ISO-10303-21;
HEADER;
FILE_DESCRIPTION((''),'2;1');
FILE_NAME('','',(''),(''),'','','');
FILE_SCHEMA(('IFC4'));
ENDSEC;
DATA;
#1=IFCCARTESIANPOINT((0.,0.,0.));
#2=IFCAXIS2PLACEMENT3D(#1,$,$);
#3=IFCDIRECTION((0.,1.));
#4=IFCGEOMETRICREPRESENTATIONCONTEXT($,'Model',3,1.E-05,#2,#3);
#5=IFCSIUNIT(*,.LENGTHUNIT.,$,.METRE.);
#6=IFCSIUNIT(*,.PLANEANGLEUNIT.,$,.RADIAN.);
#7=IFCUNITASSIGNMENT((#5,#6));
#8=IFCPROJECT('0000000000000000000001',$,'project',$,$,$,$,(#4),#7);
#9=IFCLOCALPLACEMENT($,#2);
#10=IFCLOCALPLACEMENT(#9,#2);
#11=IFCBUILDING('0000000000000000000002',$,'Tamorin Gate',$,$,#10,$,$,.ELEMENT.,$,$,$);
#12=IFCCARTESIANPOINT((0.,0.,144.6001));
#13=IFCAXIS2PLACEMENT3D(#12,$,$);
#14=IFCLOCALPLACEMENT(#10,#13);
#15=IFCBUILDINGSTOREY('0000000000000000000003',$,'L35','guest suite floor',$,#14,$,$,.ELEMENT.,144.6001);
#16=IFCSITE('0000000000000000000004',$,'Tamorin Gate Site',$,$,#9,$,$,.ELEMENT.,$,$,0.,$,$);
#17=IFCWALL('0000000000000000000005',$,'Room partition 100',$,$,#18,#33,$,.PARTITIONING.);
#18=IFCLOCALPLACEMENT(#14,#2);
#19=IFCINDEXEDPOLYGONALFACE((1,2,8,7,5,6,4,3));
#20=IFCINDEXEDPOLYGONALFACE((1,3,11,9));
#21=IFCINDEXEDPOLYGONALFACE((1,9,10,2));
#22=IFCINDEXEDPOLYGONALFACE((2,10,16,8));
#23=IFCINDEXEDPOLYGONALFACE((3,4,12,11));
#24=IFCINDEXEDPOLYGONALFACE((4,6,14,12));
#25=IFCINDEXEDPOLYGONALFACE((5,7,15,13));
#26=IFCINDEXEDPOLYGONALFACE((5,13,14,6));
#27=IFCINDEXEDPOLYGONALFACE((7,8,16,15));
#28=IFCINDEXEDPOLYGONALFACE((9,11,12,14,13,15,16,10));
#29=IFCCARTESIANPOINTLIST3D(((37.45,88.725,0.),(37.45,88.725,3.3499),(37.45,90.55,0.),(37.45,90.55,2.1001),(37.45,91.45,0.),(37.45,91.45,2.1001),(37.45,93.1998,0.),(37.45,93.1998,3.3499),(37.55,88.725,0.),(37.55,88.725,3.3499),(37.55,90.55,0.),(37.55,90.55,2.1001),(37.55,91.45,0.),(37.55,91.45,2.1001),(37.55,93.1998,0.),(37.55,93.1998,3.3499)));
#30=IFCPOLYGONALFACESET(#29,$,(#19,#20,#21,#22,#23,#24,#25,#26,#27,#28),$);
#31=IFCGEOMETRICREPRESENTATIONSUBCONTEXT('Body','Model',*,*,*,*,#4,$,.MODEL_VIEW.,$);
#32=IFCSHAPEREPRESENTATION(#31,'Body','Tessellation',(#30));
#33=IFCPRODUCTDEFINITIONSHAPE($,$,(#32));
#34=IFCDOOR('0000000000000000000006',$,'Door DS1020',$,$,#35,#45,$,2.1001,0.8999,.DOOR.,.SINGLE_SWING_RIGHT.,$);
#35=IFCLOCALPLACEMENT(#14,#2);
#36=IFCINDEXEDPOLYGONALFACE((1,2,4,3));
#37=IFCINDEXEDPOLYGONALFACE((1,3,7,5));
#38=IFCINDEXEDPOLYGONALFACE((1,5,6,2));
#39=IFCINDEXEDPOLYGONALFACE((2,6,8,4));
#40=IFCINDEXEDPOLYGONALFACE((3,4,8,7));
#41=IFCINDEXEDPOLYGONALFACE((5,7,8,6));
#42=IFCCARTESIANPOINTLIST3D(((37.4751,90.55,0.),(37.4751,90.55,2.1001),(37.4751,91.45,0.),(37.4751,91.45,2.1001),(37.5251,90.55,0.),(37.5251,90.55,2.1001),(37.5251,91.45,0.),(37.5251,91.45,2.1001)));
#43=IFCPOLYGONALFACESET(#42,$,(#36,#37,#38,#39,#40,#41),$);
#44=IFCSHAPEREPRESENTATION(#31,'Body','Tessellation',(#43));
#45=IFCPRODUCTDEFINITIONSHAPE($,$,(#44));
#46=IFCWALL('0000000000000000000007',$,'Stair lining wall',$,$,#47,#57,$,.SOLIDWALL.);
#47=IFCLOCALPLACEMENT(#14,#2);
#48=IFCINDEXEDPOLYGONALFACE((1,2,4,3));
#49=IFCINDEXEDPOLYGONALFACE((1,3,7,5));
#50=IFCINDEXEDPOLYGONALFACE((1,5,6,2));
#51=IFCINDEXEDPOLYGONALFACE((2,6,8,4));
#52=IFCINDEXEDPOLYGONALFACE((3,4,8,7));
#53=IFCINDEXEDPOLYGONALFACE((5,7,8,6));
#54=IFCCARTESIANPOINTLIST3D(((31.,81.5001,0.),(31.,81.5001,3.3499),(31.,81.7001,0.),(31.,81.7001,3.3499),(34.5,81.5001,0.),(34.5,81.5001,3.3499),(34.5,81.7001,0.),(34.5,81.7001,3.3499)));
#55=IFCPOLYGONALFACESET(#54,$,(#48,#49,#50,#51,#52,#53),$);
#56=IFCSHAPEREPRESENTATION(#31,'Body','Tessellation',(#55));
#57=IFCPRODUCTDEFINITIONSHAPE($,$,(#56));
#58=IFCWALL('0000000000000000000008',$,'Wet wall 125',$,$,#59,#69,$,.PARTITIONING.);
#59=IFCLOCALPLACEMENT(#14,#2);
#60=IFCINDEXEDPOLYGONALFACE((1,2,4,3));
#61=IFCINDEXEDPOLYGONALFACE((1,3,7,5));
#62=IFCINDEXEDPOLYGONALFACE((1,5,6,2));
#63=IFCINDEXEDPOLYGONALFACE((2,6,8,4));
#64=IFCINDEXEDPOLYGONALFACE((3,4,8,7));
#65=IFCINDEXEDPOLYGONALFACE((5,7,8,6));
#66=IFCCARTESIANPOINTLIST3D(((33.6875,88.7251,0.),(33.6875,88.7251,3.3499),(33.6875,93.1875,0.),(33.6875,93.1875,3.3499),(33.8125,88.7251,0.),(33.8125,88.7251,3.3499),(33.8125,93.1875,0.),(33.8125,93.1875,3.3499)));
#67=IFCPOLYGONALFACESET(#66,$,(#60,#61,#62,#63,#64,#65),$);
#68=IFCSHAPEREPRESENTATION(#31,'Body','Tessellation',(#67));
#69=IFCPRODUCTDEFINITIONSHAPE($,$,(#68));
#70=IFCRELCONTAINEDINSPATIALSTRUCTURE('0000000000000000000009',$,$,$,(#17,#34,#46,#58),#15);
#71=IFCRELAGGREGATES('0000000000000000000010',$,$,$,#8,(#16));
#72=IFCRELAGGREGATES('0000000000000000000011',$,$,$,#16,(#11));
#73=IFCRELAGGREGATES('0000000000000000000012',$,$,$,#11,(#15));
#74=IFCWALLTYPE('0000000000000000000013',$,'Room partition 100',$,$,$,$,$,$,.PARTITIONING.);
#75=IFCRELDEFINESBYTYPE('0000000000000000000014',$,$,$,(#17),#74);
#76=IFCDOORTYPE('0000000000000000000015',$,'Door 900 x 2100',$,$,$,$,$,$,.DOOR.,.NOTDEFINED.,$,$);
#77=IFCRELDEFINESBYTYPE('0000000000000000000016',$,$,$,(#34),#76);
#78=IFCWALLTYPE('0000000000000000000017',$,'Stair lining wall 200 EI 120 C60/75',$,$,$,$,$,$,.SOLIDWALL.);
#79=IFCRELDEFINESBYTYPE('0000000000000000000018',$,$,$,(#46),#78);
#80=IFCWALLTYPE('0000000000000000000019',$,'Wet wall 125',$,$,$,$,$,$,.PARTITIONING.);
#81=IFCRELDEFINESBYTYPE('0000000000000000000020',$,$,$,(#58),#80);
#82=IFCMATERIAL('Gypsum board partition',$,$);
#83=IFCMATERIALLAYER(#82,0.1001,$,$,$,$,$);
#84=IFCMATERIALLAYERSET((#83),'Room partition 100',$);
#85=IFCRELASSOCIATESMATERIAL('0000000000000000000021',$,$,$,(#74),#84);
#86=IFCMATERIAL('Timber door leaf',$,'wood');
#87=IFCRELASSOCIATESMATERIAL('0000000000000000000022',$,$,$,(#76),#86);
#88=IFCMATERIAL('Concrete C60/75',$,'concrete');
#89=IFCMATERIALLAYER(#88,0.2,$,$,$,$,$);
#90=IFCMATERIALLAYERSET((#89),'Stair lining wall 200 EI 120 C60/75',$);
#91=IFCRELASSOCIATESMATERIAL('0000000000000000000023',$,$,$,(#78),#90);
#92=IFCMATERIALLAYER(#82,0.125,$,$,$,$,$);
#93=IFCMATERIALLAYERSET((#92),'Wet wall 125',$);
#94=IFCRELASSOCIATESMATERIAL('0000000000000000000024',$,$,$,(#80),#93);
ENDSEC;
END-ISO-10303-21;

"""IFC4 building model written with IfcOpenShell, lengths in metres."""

from ifc_helpers import new_model, si_unit, direction, frame, frame_2d, origin, place, context, subcontext, project, spatial, rectangle, extrude, material, layer, layer_set, type_object, element, fill, save


model = new_model("IFC4")

# Units and contexts
model_context = context("Model", 3, precision=1e-05, world=origin(), true_north=direction((0.0, 1.0)))
body_context = subcontext(model_context, "Body", "Model", "MODEL_VIEW")
ifc_project = project(units=[si_unit("LENGTHUNIT", "METRE"), si_unit("PLANEANGLEUNIT", "RADIAN")], contexts=[model_context])

# Site, building, storey
site_placement = place(None, origin())
site = spatial("IfcSite", under=ifc_project, at=site_placement, Name="Tamorin Gate Site", CompositionType="ELEMENT", RefElevation=0.0)
building_placement = place(site_placement, origin())
building = spatial("IfcBuilding", under=site, at=building_placement, Name="Tamorin Gate", CompositionType="ELEMENT")
storey_placement = place(building_placement, frame((0.0, 0.0, 144.6001)))
storey = spatial("IfcBuildingStorey", under=building, at=storey_placement, Name="L35", Description="guest suite floor", CompositionType="ELEMENT", Elevation=144.6001)

# Shared definitions
ifc_material_1 = material(Name="Gypsum board partition")
ifc_material_2 = material(Name="Timber door leaf", Category="wood")

# Shared definitions
ifc_material_3 = material(Name="Concrete C60/75", Category="concrete")

# Wall, opening, door
ifc_layer_1 = layer(ifc_material_1, 0.1001)
ifc_layer_set_1 = layer_set([ifc_layer_1], Name="Room partition 100")
wall_type_1 = type_object("IfcWallType", Name="Room partition 100", PredefinedType="PARTITIONING", material=ifc_layer_set_1)
wall_1_placement = place(storey_placement, frame((37.5, 88.7251, 0.0), z_axis=(0.0, 0.0, 1.0), x_axis=(0.0, 1.0, 0.0)))
wall_1 = element("IfcWall", 1, at=wall_1_placement, inside=storey, type_object=wall_type_1, Name="Room partition 100", PredefinedType="PARTITIONING", context=body_context, shape_type="SweptSolid", body=[
    extrude(rectangle(XDim=4.4749, YDim=0.1001, at=frame_2d((2.2373, 0.0))), origin(), (0.0, 0.0, 1.0), 3.3499),
])
opening_1_placement = place(wall_1_placement, frame((1.825, 0.0, 0.0)))
opening_1 = element("IfcOpeningElement", 2, at=opening_1_placement, cuts=wall_1, PredefinedType="OPENING", context=body_context, shape_type="SweptSolid", body=[
    extrude(rectangle(XDim=0.8999, YDim=2.1001, at=frame_2d((0.45, 1.05))), frame((0.0, 0.0601, 0.0), z_axis=(0.0, -1.0, 0.0), x_axis=(1.0, 0.0, 0.0)), (0.0, 0.0, 1.0), 0.1201),
])
door_type_1 = type_object("IfcDoorType", Name="Door 900 x 2100", OperationType="NOTDEFINED", PredefinedType="DOOR", material=ifc_material_2)
door_1_placement = place(opening_1_placement, origin())
door_1 = element("IfcDoor", 3, at=door_1_placement, inside=storey, type_object=door_type_1, Name="Door DS1020", OperationType="SINGLE_SWING_RIGHT", OverallHeight=2.1001, OverallWidth=0.8999, PredefinedType="DOOR", context=body_context, shape_type="SweptSolid", body=[
    extrude(rectangle(XDim=0.8999, YDim=2.1001, at=frame_2d((0.45, 1.05))), frame((0.0, 0.0249, 0.0), z_axis=(0.0, -1.0, 0.0), x_axis=(1.0, 0.0, 0.0)), (0.0, 0.0, 1.0), 0.05),
])
fill(opening_1, door_1)

# Walls
ifc_layer_2 = layer(ifc_material_3, 0.2)
ifc_layer_set_2 = layer_set([ifc_layer_2], Name="Stair lining wall 200 EI 120 C60/75")
wall_type_2 = type_object("IfcWallType", Name="Stair lining wall 200 EI 120 C60/75", PredefinedType="SOLIDWALL", material=ifc_layer_set_2)
wall_2_placement = place(storey_placement, frame((31.0, 81.6001, 0.0), z_axis=(0.0, 0.0, 1.0), x_axis=(1.0, 0.0, 0.0)))
element("IfcWall", 4, at=wall_2_placement, inside=storey, type_object=wall_type_2, Name="Stair lining wall", PredefinedType="SOLIDWALL", context=body_context, shape_type="SweptSolid", body=[
    extrude(rectangle(XDim=3.5, YDim=0.2, at=frame_2d((1.75, 0.0))), origin(), (0.0, 0.0, 1.0), 3.3499),
])
ifc_layer_3 = layer(ifc_material_1, 0.125)
ifc_layer_set_3 = layer_set([ifc_layer_3], Name="Wet wall 125")
wall_type_3 = type_object("IfcWallType", Name="Wet wall 125", PredefinedType="PARTITIONING", material=ifc_layer_set_3)
wall_3_placement = place(storey_placement, frame((33.75, 88.7251, 0.0), z_axis=(0.0, 0.0, 1.0), x_axis=(0.0, 1.0, 0.0)))
element("IfcWall", 5, at=wall_3_placement, inside=storey, type_object=wall_type_3, Name="Wet wall 125", PredefinedType="PARTITIONING", context=body_context, shape_type="SweptSolid", body=[
    extrude(rectangle(XDim=4.4624, YDim=0.125, at=frame_2d((2.2312, 0.0))), origin(), (0.0, 0.0, 1.0), 3.3499),
])

save(model, "model.ifc")
